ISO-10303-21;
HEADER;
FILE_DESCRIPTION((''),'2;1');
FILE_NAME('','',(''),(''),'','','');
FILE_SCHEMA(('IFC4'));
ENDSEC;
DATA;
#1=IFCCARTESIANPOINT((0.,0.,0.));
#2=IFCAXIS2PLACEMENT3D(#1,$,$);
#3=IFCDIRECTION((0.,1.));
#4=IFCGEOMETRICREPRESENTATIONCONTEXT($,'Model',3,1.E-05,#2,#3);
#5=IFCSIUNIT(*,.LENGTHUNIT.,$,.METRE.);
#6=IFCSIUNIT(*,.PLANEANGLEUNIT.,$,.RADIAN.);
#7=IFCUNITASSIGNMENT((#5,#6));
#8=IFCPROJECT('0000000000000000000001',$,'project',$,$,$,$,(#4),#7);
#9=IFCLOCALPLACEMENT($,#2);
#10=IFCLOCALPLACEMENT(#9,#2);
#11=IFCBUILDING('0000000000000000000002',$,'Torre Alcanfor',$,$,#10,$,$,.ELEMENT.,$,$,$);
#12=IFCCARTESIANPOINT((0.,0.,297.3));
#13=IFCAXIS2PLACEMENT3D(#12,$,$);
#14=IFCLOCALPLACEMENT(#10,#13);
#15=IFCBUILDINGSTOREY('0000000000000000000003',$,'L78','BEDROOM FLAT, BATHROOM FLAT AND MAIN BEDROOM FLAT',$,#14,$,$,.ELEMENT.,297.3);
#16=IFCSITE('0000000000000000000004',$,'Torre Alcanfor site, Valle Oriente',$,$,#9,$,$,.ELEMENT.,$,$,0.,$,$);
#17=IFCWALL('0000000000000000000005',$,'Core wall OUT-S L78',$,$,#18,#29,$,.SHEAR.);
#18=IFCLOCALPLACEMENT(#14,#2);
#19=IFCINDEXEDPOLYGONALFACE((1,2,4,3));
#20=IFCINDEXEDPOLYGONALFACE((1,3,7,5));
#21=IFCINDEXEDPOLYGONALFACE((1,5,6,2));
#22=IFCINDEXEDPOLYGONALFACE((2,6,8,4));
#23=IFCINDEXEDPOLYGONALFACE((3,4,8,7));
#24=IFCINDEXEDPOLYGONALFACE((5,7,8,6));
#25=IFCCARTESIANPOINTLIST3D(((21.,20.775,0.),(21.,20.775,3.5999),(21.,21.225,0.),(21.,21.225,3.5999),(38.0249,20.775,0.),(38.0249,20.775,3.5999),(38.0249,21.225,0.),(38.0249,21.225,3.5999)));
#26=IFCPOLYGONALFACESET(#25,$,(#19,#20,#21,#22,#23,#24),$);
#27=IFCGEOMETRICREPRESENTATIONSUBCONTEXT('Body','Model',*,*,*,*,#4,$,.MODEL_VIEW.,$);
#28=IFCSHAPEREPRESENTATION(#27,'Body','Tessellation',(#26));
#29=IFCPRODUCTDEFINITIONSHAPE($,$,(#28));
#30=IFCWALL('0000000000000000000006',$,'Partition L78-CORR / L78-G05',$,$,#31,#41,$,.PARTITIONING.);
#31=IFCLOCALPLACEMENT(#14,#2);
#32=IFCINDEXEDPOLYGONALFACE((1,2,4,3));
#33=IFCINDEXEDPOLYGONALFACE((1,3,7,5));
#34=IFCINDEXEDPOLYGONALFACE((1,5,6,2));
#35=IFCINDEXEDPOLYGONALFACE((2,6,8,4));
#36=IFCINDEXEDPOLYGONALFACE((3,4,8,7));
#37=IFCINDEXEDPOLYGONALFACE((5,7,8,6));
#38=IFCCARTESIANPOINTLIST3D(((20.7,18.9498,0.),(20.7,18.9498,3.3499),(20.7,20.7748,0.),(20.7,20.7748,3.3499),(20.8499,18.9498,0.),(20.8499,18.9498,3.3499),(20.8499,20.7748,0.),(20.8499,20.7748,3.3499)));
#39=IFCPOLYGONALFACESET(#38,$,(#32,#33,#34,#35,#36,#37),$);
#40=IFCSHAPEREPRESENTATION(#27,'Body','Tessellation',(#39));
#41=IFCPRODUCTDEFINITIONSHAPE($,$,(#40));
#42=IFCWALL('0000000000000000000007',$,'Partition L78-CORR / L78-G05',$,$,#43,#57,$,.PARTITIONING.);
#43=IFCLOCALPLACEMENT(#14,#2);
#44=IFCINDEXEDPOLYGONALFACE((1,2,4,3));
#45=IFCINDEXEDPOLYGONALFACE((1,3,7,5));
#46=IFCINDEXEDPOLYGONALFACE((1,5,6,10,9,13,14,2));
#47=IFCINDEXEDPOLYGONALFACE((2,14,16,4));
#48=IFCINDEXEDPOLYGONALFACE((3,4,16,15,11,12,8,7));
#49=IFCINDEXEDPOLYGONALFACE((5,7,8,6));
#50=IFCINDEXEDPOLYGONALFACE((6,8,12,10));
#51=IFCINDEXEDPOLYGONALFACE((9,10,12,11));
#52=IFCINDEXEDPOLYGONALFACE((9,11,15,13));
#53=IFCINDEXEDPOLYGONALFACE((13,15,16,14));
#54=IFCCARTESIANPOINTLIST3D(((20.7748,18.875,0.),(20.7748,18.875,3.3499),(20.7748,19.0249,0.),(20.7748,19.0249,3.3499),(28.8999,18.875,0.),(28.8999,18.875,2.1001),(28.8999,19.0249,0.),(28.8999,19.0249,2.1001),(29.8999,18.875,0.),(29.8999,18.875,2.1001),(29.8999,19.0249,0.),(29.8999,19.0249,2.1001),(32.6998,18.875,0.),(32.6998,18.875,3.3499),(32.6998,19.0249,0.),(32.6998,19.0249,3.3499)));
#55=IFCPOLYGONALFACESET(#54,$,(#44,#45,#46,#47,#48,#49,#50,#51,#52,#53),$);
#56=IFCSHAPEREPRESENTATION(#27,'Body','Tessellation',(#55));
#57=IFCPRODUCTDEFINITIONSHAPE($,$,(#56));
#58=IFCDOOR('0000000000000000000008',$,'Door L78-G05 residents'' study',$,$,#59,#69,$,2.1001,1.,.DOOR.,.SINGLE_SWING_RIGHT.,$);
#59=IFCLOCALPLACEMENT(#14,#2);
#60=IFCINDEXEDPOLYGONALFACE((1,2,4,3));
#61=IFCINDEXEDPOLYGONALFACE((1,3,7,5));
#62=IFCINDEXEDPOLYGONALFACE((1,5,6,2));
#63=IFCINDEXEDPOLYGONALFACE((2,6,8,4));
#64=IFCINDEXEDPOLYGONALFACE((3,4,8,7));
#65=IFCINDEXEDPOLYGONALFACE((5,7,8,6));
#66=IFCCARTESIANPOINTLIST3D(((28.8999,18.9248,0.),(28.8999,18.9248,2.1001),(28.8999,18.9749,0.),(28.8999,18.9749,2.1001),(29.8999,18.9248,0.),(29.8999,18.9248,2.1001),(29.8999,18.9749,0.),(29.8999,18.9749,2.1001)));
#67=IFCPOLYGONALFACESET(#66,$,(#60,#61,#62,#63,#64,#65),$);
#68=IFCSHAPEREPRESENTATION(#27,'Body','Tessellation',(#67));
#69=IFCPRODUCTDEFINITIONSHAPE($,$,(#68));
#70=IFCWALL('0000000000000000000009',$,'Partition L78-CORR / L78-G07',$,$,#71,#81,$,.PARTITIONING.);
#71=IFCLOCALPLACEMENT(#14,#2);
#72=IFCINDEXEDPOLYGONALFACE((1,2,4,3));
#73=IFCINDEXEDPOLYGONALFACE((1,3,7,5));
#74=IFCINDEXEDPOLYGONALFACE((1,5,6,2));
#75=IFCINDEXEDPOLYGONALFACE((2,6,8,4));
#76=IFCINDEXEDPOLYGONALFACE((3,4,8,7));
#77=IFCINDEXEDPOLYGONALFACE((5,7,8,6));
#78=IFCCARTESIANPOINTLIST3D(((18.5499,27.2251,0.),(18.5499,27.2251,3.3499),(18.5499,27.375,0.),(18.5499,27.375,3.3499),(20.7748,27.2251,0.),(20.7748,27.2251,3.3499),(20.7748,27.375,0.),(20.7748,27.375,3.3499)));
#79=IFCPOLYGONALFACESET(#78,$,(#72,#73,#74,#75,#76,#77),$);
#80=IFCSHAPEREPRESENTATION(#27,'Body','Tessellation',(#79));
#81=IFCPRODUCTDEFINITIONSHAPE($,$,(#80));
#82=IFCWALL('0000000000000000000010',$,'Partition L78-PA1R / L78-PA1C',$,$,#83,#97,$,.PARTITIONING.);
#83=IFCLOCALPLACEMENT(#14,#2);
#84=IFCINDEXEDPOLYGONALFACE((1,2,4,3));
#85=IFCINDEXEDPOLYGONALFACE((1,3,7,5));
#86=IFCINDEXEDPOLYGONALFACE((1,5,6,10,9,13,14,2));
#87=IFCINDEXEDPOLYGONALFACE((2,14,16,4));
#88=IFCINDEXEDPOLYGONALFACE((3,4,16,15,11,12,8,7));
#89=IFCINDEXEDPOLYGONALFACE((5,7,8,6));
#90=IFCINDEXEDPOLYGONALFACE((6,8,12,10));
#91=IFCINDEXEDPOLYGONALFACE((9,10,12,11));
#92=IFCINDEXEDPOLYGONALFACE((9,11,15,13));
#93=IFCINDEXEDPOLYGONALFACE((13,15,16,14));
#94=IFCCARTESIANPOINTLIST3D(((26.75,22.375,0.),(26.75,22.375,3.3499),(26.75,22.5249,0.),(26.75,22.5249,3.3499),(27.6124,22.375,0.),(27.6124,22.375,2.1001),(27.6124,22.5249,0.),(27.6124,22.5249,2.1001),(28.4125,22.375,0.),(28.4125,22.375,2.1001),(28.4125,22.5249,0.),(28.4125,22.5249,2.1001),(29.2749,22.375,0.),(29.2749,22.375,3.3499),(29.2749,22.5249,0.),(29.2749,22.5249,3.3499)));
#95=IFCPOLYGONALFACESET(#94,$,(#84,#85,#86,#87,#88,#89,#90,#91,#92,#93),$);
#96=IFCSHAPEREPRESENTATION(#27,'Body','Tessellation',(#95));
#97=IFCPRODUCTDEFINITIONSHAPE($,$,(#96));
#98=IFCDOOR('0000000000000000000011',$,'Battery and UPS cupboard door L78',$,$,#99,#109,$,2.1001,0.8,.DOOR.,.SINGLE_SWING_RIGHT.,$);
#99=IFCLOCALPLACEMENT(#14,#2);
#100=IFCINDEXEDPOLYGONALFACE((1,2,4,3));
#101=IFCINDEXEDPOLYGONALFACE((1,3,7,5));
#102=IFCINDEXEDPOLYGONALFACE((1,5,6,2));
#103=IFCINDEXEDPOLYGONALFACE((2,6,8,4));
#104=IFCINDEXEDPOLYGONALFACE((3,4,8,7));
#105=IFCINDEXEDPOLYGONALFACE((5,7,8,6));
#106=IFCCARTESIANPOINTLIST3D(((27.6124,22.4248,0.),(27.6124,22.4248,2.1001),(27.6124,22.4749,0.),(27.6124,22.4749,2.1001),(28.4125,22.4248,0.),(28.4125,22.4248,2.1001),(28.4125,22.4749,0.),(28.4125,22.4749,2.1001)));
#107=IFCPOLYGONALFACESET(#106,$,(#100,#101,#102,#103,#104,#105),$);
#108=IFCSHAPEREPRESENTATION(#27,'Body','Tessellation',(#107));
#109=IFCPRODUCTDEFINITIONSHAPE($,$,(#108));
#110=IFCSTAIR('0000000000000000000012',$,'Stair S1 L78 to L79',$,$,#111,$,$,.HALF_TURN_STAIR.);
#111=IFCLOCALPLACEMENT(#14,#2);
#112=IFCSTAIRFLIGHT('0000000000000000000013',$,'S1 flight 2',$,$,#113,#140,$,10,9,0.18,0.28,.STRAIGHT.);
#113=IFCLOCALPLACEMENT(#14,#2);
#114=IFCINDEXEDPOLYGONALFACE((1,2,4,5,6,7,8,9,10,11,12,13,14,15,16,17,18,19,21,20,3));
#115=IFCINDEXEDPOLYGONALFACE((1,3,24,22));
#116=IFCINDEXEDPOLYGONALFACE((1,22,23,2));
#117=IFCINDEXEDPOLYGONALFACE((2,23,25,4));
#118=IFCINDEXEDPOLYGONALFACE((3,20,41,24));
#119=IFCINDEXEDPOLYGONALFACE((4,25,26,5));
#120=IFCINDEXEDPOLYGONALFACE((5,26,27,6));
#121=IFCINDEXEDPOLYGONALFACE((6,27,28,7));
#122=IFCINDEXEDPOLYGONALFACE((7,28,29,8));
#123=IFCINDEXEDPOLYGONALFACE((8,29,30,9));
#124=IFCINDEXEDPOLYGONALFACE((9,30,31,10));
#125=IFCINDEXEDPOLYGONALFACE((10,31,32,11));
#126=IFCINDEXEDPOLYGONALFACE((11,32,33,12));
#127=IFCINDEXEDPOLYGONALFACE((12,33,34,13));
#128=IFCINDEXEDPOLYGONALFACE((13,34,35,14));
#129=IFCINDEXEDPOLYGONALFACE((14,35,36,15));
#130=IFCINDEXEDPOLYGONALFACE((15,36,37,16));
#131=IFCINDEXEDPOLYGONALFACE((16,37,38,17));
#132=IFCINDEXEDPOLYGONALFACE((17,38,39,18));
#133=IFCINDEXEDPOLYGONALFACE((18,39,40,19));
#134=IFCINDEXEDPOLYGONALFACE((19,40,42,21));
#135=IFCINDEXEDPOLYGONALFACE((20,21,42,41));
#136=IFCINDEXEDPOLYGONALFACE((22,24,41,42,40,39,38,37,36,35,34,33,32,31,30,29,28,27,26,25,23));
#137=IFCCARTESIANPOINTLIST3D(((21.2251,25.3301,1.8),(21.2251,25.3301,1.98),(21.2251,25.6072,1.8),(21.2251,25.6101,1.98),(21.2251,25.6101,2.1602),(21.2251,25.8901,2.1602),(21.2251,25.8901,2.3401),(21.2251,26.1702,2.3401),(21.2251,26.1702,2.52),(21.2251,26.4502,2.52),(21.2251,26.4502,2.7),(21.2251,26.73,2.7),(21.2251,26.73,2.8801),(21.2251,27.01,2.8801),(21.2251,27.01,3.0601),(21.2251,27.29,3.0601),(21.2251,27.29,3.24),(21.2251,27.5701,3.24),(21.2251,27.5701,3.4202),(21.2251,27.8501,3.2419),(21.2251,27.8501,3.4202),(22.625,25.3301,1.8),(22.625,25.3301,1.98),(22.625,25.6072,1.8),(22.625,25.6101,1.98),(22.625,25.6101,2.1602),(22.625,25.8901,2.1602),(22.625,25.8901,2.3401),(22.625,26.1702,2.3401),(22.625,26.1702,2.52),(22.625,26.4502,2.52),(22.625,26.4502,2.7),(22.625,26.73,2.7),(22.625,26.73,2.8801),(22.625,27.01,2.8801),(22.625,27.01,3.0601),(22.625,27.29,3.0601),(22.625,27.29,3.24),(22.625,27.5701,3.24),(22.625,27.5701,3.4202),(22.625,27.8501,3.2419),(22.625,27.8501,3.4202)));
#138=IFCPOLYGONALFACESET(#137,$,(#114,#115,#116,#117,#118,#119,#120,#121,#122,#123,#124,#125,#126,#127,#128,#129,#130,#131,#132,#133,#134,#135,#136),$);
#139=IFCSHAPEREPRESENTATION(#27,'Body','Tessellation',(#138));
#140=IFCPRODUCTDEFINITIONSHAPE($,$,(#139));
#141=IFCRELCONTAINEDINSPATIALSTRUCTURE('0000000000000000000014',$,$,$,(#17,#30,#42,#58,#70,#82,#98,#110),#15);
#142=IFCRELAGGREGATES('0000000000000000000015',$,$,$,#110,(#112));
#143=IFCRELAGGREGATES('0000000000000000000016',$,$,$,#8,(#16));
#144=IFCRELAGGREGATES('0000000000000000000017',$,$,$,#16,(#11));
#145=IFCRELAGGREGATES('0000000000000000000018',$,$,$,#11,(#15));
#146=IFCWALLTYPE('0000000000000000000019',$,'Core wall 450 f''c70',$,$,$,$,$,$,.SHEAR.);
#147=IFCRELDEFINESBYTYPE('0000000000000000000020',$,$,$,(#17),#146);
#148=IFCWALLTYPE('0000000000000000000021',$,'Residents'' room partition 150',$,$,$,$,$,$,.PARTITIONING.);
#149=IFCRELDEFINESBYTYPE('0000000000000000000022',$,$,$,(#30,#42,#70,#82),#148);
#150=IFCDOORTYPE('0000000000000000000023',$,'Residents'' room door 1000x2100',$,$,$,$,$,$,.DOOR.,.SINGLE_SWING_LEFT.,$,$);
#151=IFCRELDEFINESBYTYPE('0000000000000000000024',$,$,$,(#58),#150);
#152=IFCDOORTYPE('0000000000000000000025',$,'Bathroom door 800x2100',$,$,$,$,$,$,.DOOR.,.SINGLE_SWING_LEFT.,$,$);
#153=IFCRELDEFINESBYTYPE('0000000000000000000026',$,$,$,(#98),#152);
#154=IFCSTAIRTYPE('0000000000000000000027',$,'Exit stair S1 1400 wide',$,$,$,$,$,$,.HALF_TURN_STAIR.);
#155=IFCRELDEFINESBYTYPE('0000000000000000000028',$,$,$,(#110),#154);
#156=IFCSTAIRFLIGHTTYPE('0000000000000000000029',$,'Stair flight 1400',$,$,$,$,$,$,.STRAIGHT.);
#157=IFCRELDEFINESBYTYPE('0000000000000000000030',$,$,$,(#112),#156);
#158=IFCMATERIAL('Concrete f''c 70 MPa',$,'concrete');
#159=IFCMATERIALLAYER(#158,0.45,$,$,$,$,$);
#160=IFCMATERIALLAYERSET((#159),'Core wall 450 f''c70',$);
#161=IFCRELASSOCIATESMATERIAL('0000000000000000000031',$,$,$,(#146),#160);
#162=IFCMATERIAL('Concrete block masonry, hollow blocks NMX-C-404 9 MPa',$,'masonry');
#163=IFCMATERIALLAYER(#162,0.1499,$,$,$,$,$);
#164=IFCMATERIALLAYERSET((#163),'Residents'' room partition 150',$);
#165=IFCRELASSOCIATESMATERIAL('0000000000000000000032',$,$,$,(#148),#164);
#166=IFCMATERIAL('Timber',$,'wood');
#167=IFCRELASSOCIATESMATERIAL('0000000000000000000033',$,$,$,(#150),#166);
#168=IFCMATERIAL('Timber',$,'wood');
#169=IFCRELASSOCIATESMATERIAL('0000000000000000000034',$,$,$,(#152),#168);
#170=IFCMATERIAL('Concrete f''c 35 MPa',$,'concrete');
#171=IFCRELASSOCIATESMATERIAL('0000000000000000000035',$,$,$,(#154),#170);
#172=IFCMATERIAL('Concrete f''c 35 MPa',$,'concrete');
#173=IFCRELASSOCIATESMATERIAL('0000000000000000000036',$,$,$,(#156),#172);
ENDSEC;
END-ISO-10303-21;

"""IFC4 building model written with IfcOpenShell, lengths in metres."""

from ifc_helpers import new_model, si_unit, direction, frame, frame_2d, origin, place, context, subcontext, project, spatial, polyline, rectangle, outline, extrude, material, layer, layer_set, type_object, element, fill, aggregate, save


model = new_model("IFC4")

# Units and contexts
model_context = context("Model", 3, precision=1e-05, world=origin(), true_north=direction((0.0, 1.0)))
body_context = subcontext(model_context, "Body", "Model", "MODEL_VIEW")
ifc_project = project(units=[si_unit("LENGTHUNIT", "METRE"), si_unit("PLANEANGLEUNIT", "RADIAN")], contexts=[model_context])

# Site, building, storey
site_placement = place(None, origin())
site = spatial("IfcSite", under=ifc_project, at=site_placement, Name="Torre Alcanfor site, Valle Oriente", CompositionType="ELEMENT", RefElevation=0.0)
building_placement = place(site_placement, origin())
building = spatial("IfcBuilding", under=site, at=building_placement, Name="Torre Alcanfor", CompositionType="ELEMENT")
storey_placement = place(building_placement, frame((0.0, 0.0, 297.3)))
storey = spatial("IfcBuildingStorey", under=building, at=storey_placement, Name="L78", Description="BEDROOM FLAT, BATHROOM FLAT AND MAIN BEDROOM FLAT", CompositionType="ELEMENT", Elevation=297.3)

# Walls
ifc_material_1 = material(Name="Concrete f'c 70 MPa", Category="concrete")
ifc_layer_1 = layer(ifc_material_1, 0.45)
ifc_layer_set_1 = layer_set([ifc_layer_1], Name="Core wall 450 f'c70")
wall_type_1 = type_object("IfcWallType", Name="Core wall 450 f'c70", PredefinedType="SHEAR", material=ifc_layer_set_1)
wall_1_placement = place(storey_placement, frame((21.0, 21.0, 0.0), z_axis=(0.0, 0.0, 1.0), x_axis=(1.0, 0.0, 0.0)))
element("IfcWall", 1, at=wall_1_placement, inside=storey, type_object=wall_type_1, Name="Core wall OUT-S L78", PredefinedType="SHEAR", context=body_context, shape_type="SweptSolid", body=[
    extrude(rectangle(XDim=17.0249, YDim=0.45, at=frame_2d((8.5125, 0.0))), origin(), (0.0, 0.0, 1.0), 3.5999),
])
ifc_material_2 = material(Name="Concrete block masonry, hollow blocks NMX-C-404 9 MPa", Category="masonry")
ifc_layer_2 = layer(ifc_material_2, 0.1499)
ifc_layer_set_2 = layer_set([ifc_layer_2], Name="Residents' room partition 150")
wall_type_2 = type_object("IfcWallType", Name="Residents' room partition 150", PredefinedType="PARTITIONING", material=ifc_layer_set_2)
wall_2_placement = place(storey_placement, frame((20.7749, 20.7749, 0.0), z_axis=(0.0, 0.0, 1.0), x_axis=(0.0, -1.0, 0.0)))
element("IfcWall", 2, at=wall_2_placement, inside=storey, type_object=wall_type_2, Name="Partition L78-CORR / L78-G05", PredefinedType="PARTITIONING", context=body_context, shape_type="SweptSolid", body=[
    extrude(rectangle(XDim=1.825, YDim=0.1499, at=frame_2d((0.9126, 0.0))), origin(), (0.0, 0.0, 1.0), 3.3499),
])

# Wall, opening, door
wall_3_placement = place(storey_placement, frame((20.7749, 18.95, 0.0), z_axis=(0.0, 0.0, 1.0), x_axis=(1.0, 0.0, 0.0)))
wall_3 = element("IfcWall", 3, at=wall_3_placement, inside=storey, type_object=wall_type_2, Name="Partition L78-CORR / L78-G05", PredefinedType="PARTITIONING", context=body_context, shape_type="SweptSolid", body=[
    extrude(rectangle(XDim=11.925, YDim=0.1499, at=frame_2d((5.9624, 0.0))), origin(), (0.0, 0.0, 1.0), 3.3499),
])
opening_1_placement = place(wall_3_placement, frame((8.125, 0.0, 0.0)))
opening_1 = element("IfcOpeningElement", 4, at=opening_1_placement, cuts=wall_3, PredefinedType="OPENING", context=body_context, shape_type="SweptSolid", body=[
    extrude(rectangle(XDim=1.0, YDim=2.1001, at=frame_2d((0.5, 1.05))), frame((0.0, 0.085, 0.0), z_axis=(0.0, -1.0, 0.0), x_axis=(1.0, 0.0, 0.0)), (0.0, 0.0, 1.0), 0.1699),
])
ifc_material_3 = material(Name="Timber", Category="wood")
door_type_1 = type_object("IfcDoorType", Name="Residents' room door 1000x2100", OperationType="SINGLE_SWING_LEFT", PredefinedType="DOOR", material=ifc_material_3)
door_1_placement = place(opening_1_placement, origin())
door_1 = element("IfcDoor", 5, at=door_1_placement, inside=storey, type_object=door_type_1, Name="Door L78-G05 residents' study", OperationType="SINGLE_SWING_RIGHT", OverallHeight=2.1001, OverallWidth=1.0, PredefinedType="DOOR", context=body_context, shape_type="SweptSolid", body=[
    extrude(rectangle(XDim=1.0, YDim=2.1001, at=frame_2d((0.5, 1.05))), frame((0.0, 0.0249, 0.0), z_axis=(0.0, -1.0, 0.0), x_axis=(1.0, 0.0, 0.0)), (0.0, 0.0, 1.0), 0.05),
])
fill(opening_1, door_1)

# Wall
wall_4_placement = place(storey_placement, frame((18.55, 27.3, 0.0), z_axis=(0.0, 0.0, 1.0), x_axis=(1.0, 0.0, 0.0)))
element("IfcWall", 6, at=wall_4_placement, inside=storey, type_object=wall_type_2, Name="Partition L78-CORR / L78-G07", PredefinedType="PARTITIONING", context=body_context, shape_type="SweptSolid", body=[
    extrude(rectangle(XDim=2.2249, YDim=0.1499, at=frame_2d((1.1123, 0.0))), origin(), (0.0, 0.0, 1.0), 3.3499),
])

# Wall, opening, door
wall_5_placement = place(storey_placement, frame((26.75, 22.45, 0.0), z_axis=(0.0, 0.0, 1.0), x_axis=(1.0, 0.0, 0.0)))
wall_5 = element("IfcWall", 7, at=wall_5_placement, inside=storey, type_object=wall_type_2, Name="Partition L78-PA1R / L78-PA1C", PredefinedType="PARTITIONING", context=body_context, shape_type="SweptSolid", body=[
    extrude(rectangle(XDim=2.5249, YDim=0.1499, at=frame_2d((1.2625, 0.0))), origin(), (0.0, 0.0, 1.0), 3.3499),
])
opening_2_placement = place(wall_5_placement, frame((0.8625, 0.0, 0.0)))
opening_2 = element("IfcOpeningElement", 8, at=opening_2_placement, cuts=wall_5, PredefinedType="OPENING", context=body_context, shape_type="SweptSolid", body=[
    extrude(rectangle(XDim=0.8, YDim=2.1001, at=frame_2d((0.3999, 1.05))), frame((0.0, 0.085, 0.0), z_axis=(0.0, -1.0, 0.0), x_axis=(1.0, 0.0, 0.0)), (0.0, 0.0, 1.0), 0.1699),
])
ifc_material_4 = material(Name="Timber", Category="wood")
door_type_2 = type_object("IfcDoorType", Name="Bathroom door 800x2100", OperationType="SINGLE_SWING_LEFT", PredefinedType="DOOR", material=ifc_material_4)
door_2_placement = place(opening_2_placement, frame((0.8, 0.0, 0.0), z_axis=(0.0, 0.0, 1.0), x_axis=(-1.0, 0.0, 0.0)))
door_2 = element("IfcDoor", 9, at=door_2_placement, inside=storey, type_object=door_type_2, Name="Battery and UPS cupboard door L78", OperationType="SINGLE_SWING_RIGHT", OverallHeight=2.1001, OverallWidth=0.8, PredefinedType="DOOR", context=body_context, shape_type="SweptSolid", body=[
    extrude(rectangle(XDim=0.8, YDim=2.1001, at=frame_2d((0.4001, 1.05))), frame((0.0, 0.0251, 0.0), z_axis=(0.0, -1.0, 0.0), x_axis=(1.0, 0.0, 0.0)), (0.0, 0.0, 1.0), 0.05),
])
fill(opening_2, door_2)

# Stair, stair flight
ifc_material_5 = material(Name="Concrete f'c 35 MPa", Category="concrete")
stair_type = type_object("IfcStairType", Name="Exit stair S1 1400 wide", PredefinedType="HALF_TURN_STAIR", material=ifc_material_5)
stair_placement = place(storey_placement, origin())
stair = element("IfcStair", 10, at=stair_placement, inside=storey, type_object=stair_type, Name="Stair S1 L78 to L79", PredefinedType="HALF_TURN_STAIR")
ifc_material_6 = material(Name="Concrete f'c 35 MPa", Category="concrete")
stair_flight_type = type_object("IfcStairFlightType", Name="Stair flight 1400", PredefinedType="STRAIGHT", material=ifc_material_6)
stair_flight_placement = place(storey_placement, frame((21.925, 25.3301, 1.8), z_axis=(0.0, 0.0, 1.0), x_axis=(0.0, 1.0, 0.0)))
stair_flight = element("IfcStairFlight", 11, at=stair_flight_placement, type_object=stair_flight_type, Name="S1 flight 2", NumberOfRisers=10, NumberOfTreads=9, PredefinedType="STRAIGHT", RiserHeight=0.18, TreadLength=0.28, context=body_context, shape_type="SweptSolid", body=[
    extrude(outline(polyline([(0.0, 0.0), (0.0, 0.1799), (0.28, 0.1799), (0.28, 0.3601), (0.5601, 0.3601), (0.5601, 0.54), (0.8401, 0.54), (0.8401, 0.72), (1.1201, 0.72), (1.1201, 0.8999), (1.3999, 0.8999), (1.3999, 1.0801), (1.6799, 1.0801), (1.6799, 1.26), (1.96, 1.26), (1.96, 1.4399), (2.24, 1.4399), (2.24, 1.6201), (2.52, 1.6201), (2.52, 1.8), (2.52, 1.4419), (0.2771, 0.0), (0.0, 0.0)])), frame((0.0, 0.7, 0.0), z_axis=(0.0, -1.0, 0.0), x_axis=(1.0, 0.0, 0.0)), (0.0, 0.0, 1.0), 1.3999),
])
aggregate(stair, [stair_flight])

save(model, "model.ifc")
